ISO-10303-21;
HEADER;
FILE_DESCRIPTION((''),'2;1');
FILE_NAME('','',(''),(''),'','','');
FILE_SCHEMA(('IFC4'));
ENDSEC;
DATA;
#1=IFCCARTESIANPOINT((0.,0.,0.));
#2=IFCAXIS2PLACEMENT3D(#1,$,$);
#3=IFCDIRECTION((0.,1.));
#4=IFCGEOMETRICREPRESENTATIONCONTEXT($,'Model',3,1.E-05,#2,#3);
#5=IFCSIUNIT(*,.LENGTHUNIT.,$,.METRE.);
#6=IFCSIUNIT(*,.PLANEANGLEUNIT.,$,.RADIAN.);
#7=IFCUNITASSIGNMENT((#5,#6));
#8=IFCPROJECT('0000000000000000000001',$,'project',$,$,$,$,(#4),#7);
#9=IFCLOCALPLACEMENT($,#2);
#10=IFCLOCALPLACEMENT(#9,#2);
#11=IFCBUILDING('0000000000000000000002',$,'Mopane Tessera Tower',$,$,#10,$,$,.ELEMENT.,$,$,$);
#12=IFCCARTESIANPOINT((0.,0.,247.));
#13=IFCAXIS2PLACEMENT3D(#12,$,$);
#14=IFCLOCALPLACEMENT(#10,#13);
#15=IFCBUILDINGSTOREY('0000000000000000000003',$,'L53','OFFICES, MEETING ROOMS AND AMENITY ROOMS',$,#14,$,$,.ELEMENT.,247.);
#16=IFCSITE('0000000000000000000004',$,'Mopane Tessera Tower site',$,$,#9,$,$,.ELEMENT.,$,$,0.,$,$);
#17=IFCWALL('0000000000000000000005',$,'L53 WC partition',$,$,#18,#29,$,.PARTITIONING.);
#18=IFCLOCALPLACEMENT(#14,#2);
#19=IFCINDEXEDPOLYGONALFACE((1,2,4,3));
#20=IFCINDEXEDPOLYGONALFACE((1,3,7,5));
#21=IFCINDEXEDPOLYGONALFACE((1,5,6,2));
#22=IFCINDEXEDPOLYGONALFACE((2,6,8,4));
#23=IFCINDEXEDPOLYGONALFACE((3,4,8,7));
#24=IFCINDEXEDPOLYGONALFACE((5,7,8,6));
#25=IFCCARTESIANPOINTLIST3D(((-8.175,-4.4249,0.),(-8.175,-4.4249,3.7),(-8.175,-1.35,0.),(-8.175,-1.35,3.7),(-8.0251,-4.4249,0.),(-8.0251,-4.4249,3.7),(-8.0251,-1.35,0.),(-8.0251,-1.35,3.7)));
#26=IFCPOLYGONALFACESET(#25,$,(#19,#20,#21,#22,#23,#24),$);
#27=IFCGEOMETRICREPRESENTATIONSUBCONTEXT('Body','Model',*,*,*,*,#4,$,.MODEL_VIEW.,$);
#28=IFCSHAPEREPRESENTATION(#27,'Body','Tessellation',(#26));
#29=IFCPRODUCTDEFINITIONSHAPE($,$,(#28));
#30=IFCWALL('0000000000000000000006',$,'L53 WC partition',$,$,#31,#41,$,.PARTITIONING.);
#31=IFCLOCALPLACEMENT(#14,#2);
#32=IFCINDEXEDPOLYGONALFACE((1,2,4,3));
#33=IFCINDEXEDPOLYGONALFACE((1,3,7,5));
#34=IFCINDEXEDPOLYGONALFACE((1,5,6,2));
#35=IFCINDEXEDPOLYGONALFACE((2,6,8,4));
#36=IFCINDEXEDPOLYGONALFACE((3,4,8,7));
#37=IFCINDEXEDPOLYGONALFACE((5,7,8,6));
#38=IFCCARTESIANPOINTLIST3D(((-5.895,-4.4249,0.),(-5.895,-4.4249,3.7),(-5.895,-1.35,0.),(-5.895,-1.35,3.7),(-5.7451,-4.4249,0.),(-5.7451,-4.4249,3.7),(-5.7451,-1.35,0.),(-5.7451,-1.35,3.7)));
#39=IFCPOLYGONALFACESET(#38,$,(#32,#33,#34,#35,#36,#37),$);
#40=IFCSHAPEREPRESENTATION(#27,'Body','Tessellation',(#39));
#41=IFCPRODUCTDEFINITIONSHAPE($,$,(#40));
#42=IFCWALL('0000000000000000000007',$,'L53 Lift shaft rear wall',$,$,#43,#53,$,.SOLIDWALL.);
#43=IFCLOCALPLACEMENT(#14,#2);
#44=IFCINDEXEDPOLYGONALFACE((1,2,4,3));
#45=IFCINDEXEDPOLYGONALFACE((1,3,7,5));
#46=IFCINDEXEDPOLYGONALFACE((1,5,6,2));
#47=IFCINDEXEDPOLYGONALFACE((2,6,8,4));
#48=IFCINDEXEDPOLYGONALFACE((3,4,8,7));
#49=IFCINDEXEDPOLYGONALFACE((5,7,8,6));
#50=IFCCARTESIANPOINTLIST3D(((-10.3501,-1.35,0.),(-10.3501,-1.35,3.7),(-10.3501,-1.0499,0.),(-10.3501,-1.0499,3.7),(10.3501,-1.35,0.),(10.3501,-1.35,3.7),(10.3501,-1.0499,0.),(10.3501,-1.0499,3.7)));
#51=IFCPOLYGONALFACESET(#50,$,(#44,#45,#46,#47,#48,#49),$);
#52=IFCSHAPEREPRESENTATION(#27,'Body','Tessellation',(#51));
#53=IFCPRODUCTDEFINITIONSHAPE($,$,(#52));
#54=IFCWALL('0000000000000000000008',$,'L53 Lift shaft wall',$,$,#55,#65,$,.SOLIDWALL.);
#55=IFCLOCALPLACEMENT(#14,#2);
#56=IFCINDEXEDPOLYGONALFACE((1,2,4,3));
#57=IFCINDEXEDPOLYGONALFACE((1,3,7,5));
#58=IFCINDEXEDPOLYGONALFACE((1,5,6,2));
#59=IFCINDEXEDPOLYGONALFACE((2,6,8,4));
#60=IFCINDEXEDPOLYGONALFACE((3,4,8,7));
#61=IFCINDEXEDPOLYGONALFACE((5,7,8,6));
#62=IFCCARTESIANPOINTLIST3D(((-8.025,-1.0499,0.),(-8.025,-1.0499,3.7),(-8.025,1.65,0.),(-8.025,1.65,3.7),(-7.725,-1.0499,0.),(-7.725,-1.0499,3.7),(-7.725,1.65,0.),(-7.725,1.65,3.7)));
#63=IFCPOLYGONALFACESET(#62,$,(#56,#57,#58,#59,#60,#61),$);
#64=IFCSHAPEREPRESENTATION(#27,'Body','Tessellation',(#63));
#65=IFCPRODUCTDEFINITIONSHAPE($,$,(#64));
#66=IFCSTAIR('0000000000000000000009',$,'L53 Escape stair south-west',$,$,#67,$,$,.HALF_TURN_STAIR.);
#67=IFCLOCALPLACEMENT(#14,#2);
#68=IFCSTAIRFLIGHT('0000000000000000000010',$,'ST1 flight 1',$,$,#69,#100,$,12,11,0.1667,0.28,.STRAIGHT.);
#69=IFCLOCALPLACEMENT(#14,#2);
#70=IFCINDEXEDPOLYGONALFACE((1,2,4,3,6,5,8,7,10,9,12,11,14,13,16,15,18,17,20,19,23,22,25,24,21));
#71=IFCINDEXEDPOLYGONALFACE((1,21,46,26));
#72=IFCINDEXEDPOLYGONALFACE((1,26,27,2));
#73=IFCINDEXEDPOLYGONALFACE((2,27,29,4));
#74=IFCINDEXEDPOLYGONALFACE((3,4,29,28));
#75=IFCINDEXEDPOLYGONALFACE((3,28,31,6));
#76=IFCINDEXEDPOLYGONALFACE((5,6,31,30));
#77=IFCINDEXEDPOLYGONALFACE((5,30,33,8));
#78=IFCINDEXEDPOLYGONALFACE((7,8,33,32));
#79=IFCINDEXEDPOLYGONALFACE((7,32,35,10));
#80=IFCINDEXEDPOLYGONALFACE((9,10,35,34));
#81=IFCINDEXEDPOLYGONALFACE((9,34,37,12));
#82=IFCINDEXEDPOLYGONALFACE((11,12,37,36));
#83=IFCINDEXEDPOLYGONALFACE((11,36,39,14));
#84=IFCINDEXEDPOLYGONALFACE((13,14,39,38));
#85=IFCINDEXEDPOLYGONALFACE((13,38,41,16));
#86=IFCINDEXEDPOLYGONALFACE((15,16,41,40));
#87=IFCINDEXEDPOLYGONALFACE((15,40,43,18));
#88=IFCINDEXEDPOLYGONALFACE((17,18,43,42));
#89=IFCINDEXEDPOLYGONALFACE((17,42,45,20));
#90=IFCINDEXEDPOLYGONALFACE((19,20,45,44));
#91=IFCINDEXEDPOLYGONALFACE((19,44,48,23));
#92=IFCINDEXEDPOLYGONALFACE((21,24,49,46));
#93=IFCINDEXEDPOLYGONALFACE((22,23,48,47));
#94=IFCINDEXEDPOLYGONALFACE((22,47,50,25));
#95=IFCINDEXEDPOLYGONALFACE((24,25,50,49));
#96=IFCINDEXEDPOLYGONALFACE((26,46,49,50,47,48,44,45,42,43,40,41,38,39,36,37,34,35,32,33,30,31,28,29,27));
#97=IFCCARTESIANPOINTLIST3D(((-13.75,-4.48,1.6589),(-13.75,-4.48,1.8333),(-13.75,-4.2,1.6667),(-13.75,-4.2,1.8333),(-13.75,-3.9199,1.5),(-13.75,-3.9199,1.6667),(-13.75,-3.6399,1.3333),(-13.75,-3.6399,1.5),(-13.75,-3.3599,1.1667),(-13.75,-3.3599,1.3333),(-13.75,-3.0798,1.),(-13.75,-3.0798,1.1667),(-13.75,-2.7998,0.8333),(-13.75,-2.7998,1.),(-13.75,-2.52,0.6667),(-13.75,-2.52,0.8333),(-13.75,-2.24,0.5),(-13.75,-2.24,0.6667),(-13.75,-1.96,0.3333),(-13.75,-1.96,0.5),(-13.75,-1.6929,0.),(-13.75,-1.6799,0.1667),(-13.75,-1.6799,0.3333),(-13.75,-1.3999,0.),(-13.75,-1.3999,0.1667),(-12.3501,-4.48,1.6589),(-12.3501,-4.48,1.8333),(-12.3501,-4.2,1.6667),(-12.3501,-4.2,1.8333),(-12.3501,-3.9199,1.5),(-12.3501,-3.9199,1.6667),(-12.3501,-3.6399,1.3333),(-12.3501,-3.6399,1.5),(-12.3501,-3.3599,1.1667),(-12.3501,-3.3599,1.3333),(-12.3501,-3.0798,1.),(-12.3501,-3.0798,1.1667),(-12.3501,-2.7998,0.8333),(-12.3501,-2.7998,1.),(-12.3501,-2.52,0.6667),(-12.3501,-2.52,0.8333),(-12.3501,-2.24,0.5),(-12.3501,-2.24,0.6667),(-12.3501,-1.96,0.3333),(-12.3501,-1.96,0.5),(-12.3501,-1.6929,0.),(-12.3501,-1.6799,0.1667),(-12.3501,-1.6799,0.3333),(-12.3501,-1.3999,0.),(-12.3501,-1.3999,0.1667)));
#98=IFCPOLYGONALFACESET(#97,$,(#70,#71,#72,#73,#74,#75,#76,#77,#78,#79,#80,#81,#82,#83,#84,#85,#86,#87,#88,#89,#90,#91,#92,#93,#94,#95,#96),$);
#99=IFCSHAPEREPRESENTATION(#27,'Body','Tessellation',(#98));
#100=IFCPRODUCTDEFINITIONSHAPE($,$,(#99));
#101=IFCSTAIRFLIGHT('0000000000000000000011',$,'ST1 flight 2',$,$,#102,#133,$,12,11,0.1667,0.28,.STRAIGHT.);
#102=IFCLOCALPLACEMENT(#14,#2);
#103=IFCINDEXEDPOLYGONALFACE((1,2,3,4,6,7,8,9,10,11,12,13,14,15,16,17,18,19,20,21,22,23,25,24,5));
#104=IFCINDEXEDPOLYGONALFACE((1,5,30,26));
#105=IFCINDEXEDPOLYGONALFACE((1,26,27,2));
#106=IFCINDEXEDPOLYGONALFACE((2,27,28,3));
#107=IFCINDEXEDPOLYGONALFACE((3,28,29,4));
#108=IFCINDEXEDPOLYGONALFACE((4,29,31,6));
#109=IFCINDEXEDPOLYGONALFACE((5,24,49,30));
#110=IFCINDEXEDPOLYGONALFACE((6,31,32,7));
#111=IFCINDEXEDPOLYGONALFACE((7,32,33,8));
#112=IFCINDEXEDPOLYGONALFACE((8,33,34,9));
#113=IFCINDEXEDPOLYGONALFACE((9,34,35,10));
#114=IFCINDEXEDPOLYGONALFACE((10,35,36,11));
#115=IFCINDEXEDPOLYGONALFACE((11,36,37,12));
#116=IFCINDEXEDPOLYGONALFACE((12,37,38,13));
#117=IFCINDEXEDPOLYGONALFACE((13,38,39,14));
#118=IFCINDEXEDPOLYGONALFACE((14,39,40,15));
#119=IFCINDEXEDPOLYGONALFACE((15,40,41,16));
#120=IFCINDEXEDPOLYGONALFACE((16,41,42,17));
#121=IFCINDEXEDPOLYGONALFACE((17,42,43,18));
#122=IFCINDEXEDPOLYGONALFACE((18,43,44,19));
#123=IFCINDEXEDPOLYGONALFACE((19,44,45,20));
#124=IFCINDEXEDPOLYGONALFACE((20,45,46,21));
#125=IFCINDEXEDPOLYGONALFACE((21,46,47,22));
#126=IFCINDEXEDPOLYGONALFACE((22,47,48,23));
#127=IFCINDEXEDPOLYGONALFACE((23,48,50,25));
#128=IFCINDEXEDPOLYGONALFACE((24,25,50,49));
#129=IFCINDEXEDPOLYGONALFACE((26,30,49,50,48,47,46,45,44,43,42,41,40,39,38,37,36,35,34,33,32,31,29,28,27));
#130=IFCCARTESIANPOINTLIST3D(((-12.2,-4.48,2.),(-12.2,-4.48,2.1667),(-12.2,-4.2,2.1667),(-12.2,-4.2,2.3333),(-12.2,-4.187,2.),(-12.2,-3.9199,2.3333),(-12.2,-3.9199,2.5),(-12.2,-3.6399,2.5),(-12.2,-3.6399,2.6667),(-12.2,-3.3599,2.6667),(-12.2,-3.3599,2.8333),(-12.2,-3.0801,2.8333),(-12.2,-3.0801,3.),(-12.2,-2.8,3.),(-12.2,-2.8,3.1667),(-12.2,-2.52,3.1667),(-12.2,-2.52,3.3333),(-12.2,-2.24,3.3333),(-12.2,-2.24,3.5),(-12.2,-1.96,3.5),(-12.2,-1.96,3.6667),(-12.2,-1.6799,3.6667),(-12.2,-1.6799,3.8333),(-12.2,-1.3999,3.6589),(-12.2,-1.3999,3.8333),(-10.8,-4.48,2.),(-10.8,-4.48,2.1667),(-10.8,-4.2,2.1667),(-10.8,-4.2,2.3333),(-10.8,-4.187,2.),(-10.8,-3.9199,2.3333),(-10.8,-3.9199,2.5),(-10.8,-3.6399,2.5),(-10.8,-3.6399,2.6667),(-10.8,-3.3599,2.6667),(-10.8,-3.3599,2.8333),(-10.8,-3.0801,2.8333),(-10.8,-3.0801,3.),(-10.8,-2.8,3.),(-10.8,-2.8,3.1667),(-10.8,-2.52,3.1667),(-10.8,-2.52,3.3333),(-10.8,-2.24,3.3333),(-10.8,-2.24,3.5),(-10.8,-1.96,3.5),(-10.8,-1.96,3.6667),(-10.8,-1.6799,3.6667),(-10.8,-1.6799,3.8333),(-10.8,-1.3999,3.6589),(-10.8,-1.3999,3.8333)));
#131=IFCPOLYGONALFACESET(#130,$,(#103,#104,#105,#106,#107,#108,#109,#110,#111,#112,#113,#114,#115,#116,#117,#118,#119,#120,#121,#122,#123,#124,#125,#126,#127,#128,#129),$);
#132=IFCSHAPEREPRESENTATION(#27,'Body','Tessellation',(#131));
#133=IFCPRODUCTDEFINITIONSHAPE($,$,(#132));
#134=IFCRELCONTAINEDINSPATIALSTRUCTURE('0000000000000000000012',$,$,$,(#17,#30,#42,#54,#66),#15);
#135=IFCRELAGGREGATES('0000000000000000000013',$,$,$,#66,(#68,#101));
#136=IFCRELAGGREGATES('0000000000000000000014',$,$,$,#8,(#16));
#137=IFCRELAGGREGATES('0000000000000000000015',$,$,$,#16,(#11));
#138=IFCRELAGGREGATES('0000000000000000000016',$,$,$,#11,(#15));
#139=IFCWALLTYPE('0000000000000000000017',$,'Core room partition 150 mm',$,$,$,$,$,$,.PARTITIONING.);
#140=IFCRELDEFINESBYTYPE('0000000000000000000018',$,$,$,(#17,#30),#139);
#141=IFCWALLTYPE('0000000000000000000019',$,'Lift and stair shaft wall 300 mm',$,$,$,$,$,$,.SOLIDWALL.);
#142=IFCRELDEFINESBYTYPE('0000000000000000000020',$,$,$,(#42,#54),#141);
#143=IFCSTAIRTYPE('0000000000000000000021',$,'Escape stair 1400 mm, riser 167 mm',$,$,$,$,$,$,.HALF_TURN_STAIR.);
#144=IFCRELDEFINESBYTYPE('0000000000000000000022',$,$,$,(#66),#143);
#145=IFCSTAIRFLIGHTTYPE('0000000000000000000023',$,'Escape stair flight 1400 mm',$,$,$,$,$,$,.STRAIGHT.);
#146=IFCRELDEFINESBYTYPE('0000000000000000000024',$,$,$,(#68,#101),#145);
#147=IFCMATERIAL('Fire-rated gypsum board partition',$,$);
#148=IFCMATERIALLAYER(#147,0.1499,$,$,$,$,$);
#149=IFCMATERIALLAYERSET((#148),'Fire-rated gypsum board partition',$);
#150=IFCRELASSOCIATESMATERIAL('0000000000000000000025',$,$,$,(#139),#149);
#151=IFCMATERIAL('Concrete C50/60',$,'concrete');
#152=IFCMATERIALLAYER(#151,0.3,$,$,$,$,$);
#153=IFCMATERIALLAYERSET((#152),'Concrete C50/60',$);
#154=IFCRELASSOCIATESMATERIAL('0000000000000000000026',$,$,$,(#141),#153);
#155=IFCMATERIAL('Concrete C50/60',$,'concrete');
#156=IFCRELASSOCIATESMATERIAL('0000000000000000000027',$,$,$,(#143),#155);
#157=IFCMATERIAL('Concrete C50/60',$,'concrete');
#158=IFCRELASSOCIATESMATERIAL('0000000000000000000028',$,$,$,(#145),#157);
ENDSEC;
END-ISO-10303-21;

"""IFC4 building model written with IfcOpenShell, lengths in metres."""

from ifc_helpers import new_model, si_unit, direction, frame, frame_2d, origin, place, context, subcontext, project, spatial, polyline, rectangle, outline, extrude, material, layer, layer_set, type_object, element, aggregate, save


model = new_model("IFC4")

# Units and contexts
model_context = context("Model", 3, precision=1e-05, world=origin(), true_north=direction((0.0, 1.0)))
body_context = subcontext(model_context, "Body", "Model", "MODEL_VIEW")
ifc_project = project(units=[si_unit("LENGTHUNIT", "METRE"), si_unit("PLANEANGLEUNIT", "RADIAN")], contexts=[model_context])

# Site, building, storey
site_placement = place(None, origin())
site = spatial("IfcSite", under=ifc_project, at=site_placement, Name="Mopane Tessera Tower site", CompositionType="ELEMENT", RefElevation=0.0)
building_placement = place(site_placement, origin())
building = spatial("IfcBuilding", under=site, at=building_placement, Name="Mopane Tessera Tower", CompositionType="ELEMENT")
storey_placement = place(building_placement, frame((0.0, 0.0, 247.0)))
storey = spatial("IfcBuildingStorey", under=building, at=storey_placement, Name="L53", Description="OFFICES, MEETING ROOMS AND AMENITY ROOMS", CompositionType="ELEMENT", Elevation=247.0)

# Walls
ifc_material_1 = material(Name="Fire-rated gypsum board partition")
ifc_layer_1 = layer(ifc_material_1, 0.1499)
ifc_layer_set_1 = layer_set([ifc_layer_1], Name="Fire-rated gypsum board partition")
wall_type_1 = type_object("IfcWallType", Name="Core room partition 150 mm", PredefinedType="PARTITIONING", material=ifc_layer_set_1)
for number, where, z_axis, x_axis, name in (
    (1, (-8.1001, -4.425, 0.0), (0.0, 0.0, 1.0), (0.0, 1.0, 0.0), "L53 WC partition"),
    (2, (-5.8201, -4.425, 0.0), (0.0, 0.0, 1.0), (0.0, 1.0, 0.0), "L53 WC partition"),
):
    element("IfcWall", number, at=place(storey_placement, frame(where, z_axis=z_axis, x_axis=x_axis)), inside=storey, type_object=wall_type_1, Name=name, PredefinedType="PARTITIONING", context=body_context, shape_type="SweptSolid", body=[
        extrude(rectangle(XDim=3.075, YDim=0.1499, at=frame_2d((1.5376, 0.0))), origin(), (0.0, 0.0, 1.0), 3.7),
    ])
ifc_material_2 = material(Name="Concrete C50/60", Category="concrete")
ifc_layer_2 = layer(ifc_material_2, 0.3)
ifc_layer_set_2 = layer_set([ifc_layer_2], Name="Concrete C50/60")
wall_type_2 = type_object("IfcWallType", Name="Lift and stair shaft wall 300 mm", PredefinedType="SOLIDWALL", material=ifc_layer_set_2)
wall_1_placement = place(storey_placement, frame((-10.3501, -1.2, 0.0), z_axis=(0.0, 0.0, 1.0), x_axis=(1.0, 0.0, 0.0)))
element("IfcWall", 3, at=wall_1_placement, inside=storey, type_object=wall_type_2, Name="L53 Lift shaft rear wall", PredefinedType="SOLIDWALL", context=body_context, shape_type="SweptSolid", body=[
    extrude(rectangle(XDim=20.7002, YDim=0.3, at=frame_2d((10.3501, 0.0))), origin(), (0.0, 0.0, 1.0), 3.7),
])
wall_2_placement = place(storey_placement, frame((-7.875, -1.05, 0.0), z_axis=(0.0, 0.0, 1.0), x_axis=(0.0, 1.0, 0.0)))
element("IfcWall", 4, at=wall_2_placement, inside=storey, type_object=wall_type_2, Name="L53 Lift shaft wall", PredefinedType="SOLIDWALL", context=body_context, shape_type="SweptSolid", body=[
    extrude(rectangle(XDim=2.7, YDim=0.3, at=frame_2d((1.3501, 0.0))), origin(), (0.0, 0.0, 1.0), 3.7),
])

# Stair, stair flights
ifc_material_3 = material(Name="Concrete C50/60", Category="concrete")
stair_type = type_object("IfcStairType", Name="Escape stair 1400 mm, riser 167 mm", PredefinedType="HALF_TURN_STAIR", material=ifc_material_3)
stair_placement = place(storey_placement, origin())
stair = element("IfcStair", 5, at=stair_placement, inside=storey, type_object=stair_type, Name="L53 Escape stair south-west", PredefinedType="HALF_TURN_STAIR")
ifc_material_4 = material(Name="Concrete C50/60", Category="concrete")
stair_flight_type = type_object("IfcStairFlightType", Name="Escape stair flight 1400 mm", PredefinedType="STRAIGHT", material=ifc_material_4)
stair_flight_1_placement = place(storey_placement, frame((-13.05, -1.3999, 0.0), z_axis=(0.0, 0.0, 1.0), x_axis=(0.0, -1.0, 0.0)))
stair_flight_1 = element("IfcStairFlight", 6, at=stair_flight_1_placement, type_object=stair_flight_type, Name="ST1 flight 1", NumberOfRisers=12, NumberOfTreads=11, PredefinedType="STRAIGHT", RiserHeight=0.1667, TreadLength=0.28, context=body_context, shape_type="SweptSolid", body=[
    extrude(outline(polyline([(0.0, 0.0), (0.0, 0.1667), (0.28, 0.1667), (0.28, 0.3333), (0.5601, 0.3333), (0.5601, 0.5), (0.8401, 0.5), (0.8401, 0.6667), (1.1201, 0.6667), (1.1201, 0.8333), (1.3999, 0.8333), (1.3999, 1.0), (1.6799, 1.0), (1.6799, 1.1667), (1.96, 1.1667), (1.96, 1.3333), (2.24, 1.3333), (2.24, 1.5), (2.52, 1.5), (2.52, 1.6667), (2.8, 1.6667), (2.8, 1.8333), (3.0801, 1.8333), (3.0801, 2.0), (3.0801, 1.6589), (0.293, 0.0), (0.0, 0.0)])), frame((0.0, 0.7, 0.0), z_axis=(0.0, -1.0, 0.0), x_axis=(1.0, 0.0, 0.0)), (0.0, 0.0, 1.0), 1.3999),
])
stair_flight_2_placement = place(storey_placement, frame((-11.5, -4.48, 2.0), z_axis=(0.0, 0.0, 1.0), x_axis=(0.0, 1.0, 0.0)))
stair_flight_2 = element("IfcStairFlight", 7, at=stair_flight_2_placement, type_object=stair_flight_type, Name="ST1 flight 2", NumberOfRisers=12, NumberOfTreads=11, PredefinedType="STRAIGHT", RiserHeight=0.1667, TreadLength=0.28, context=body_context, shape_type="SweptSolid", body=[
    extrude(outline(polyline([(0.0, 0.0), (0.0, 0.1667), (0.28, 0.1667), (0.28, 0.3333), (0.5601, 0.3333), (0.5601, 0.5), (0.8401, 0.5), (0.8401, 0.6667), (1.1201, 0.6667), (1.1201, 0.8333), (1.3999, 0.8333), (1.3999, 1.0), (1.6799, 1.0), (1.6799, 1.1667), (1.96, 1.1667), (1.96, 1.3333), (2.24, 1.3333), (2.24, 1.5), (2.52, 1.5), (2.52, 1.6667), (2.8, 1.6667), (2.8, 1.8333), (3.0801, 1.8333), (3.0801, 2.0), (3.0801, 1.6589), (0.293, 0.0), (0.0, 0.0)])), frame((0.0, 0.7, 0.0), z_axis=(0.0, -1.0, 0.0), x_axis=(1.0, 0.0, 0.0)), (0.0, 0.0, 1.0), 1.3999),
])
aggregate(stair, [stair_flight_1, stair_flight_2])

save(model, "model.ifc")
